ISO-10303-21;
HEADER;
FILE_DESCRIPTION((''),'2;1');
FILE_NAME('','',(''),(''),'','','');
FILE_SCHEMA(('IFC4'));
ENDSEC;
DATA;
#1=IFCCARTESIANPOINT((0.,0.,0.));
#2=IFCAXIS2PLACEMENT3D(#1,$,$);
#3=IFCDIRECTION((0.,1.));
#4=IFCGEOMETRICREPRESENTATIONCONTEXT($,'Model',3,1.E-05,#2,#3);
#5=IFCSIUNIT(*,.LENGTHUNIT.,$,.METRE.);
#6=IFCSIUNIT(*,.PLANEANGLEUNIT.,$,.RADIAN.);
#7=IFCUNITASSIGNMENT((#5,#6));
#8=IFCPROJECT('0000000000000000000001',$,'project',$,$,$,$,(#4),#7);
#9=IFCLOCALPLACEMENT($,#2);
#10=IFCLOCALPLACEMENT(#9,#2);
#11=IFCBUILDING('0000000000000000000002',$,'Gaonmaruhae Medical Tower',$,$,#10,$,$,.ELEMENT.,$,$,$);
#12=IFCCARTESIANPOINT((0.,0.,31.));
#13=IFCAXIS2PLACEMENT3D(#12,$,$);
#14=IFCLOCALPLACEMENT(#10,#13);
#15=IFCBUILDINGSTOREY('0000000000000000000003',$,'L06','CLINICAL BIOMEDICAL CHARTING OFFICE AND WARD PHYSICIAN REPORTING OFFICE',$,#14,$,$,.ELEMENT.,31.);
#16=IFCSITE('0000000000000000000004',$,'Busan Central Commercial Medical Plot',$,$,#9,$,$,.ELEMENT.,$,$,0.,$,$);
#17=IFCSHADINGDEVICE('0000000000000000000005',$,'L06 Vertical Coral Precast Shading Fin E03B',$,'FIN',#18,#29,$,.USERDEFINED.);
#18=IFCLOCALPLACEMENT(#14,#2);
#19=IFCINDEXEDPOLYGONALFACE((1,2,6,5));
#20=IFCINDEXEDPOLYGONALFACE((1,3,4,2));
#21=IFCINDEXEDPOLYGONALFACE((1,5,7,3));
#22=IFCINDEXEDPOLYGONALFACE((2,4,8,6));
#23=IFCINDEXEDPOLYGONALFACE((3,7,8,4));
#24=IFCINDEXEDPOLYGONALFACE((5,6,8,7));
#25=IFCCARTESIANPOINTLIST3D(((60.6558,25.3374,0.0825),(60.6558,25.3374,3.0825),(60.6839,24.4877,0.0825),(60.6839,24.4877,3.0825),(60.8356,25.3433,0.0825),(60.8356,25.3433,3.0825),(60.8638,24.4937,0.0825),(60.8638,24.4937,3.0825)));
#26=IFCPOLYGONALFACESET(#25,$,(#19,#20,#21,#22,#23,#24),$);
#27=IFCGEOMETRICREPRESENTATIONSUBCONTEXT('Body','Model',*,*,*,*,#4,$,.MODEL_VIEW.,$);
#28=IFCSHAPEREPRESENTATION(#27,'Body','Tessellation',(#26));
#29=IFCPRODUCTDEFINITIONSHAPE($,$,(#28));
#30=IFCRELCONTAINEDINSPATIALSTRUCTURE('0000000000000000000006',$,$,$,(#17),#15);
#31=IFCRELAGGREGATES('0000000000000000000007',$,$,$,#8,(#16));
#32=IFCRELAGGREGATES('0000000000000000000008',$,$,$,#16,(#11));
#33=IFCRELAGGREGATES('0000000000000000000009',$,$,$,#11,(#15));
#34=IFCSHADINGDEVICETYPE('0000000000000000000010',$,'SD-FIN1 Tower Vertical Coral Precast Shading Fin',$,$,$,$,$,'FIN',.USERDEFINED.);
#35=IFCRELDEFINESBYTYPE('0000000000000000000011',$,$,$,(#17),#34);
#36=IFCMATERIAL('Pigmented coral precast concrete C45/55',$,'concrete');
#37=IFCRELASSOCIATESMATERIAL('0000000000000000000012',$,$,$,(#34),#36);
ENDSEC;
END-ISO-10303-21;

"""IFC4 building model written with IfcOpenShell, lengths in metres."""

from ifc_helpers import new_model, si_unit, direction, frame, origin, origin_2d, place, context, subcontext, project, spatial, rectangle, extrude, material, type_object, element, save


model = new_model("IFC4")

# Units and contexts
model_context = context("Model", 3, precision=1e-05, world=origin(), true_north=direction((0.0, 1.0)))
body_context = subcontext(model_context, "Body", "Model", "MODEL_VIEW")
ifc_project = project(units=[si_unit("LENGTHUNIT", "METRE"), si_unit("PLANEANGLEUNIT", "RADIAN")], contexts=[model_context])

# Site, building, storey
site_placement = place(None, origin())
site = spatial("IfcSite", under=ifc_project, at=site_placement, Name="Busan Central Commercial Medical Plot", CompositionType="ELEMENT", RefElevation=0.0)
building_placement = place(site_placement, origin())
building = spatial("IfcBuilding", under=site, at=building_placement, Name="Gaonmaruhae Medical Tower", CompositionType="ELEMENT")
storey_placement = place(building_placement, frame((0.0, 0.0, 31.0)))
storey = spatial("IfcBuildingStorey", under=building, at=storey_placement, Name="L06", Description="CLINICAL BIOMEDICAL CHARTING OFFICE AND WARD PHYSICIAN REPORTING OFFICE", CompositionType="ELEMENT", Elevation=31.0)

# Shading device
ifc_material_1 = material(Name="Pigmented coral precast concrete C45/55", Category="concrete")
shading_device_type = type_object("IfcShadingDeviceType", Name="SD-FIN1 Tower Vertical Coral Precast Shading Fin", ElementType="FIN", PredefinedType="USERDEFINED", material=ifc_material_1)
for number, where, z_axis, x_axis, name in (
    (1, (60.7598, 24.9155, 0.0825), (0.0, 0.0, 1.0), (0.99945, 0.033155, 0.0), "L06 Vertical Coral Precast Shading Fin E03B"),
):
    element("IfcShadingDevice", number, at=place(storey_placement, frame(where, z_axis=z_axis, x_axis=x_axis)), inside=storey, type_object=shading_device_type, Name=name, ObjectType="FIN", PredefinedType="USERDEFINED", context=body_context, shape_type="SweptSolid", body=[
        extrude(rectangle(XDim=0.1799, YDim=0.8501, at=origin_2d()), origin(), (0.0, 0.0, 1.0), 3.0),
    ])

save(model, "model.ifc")
